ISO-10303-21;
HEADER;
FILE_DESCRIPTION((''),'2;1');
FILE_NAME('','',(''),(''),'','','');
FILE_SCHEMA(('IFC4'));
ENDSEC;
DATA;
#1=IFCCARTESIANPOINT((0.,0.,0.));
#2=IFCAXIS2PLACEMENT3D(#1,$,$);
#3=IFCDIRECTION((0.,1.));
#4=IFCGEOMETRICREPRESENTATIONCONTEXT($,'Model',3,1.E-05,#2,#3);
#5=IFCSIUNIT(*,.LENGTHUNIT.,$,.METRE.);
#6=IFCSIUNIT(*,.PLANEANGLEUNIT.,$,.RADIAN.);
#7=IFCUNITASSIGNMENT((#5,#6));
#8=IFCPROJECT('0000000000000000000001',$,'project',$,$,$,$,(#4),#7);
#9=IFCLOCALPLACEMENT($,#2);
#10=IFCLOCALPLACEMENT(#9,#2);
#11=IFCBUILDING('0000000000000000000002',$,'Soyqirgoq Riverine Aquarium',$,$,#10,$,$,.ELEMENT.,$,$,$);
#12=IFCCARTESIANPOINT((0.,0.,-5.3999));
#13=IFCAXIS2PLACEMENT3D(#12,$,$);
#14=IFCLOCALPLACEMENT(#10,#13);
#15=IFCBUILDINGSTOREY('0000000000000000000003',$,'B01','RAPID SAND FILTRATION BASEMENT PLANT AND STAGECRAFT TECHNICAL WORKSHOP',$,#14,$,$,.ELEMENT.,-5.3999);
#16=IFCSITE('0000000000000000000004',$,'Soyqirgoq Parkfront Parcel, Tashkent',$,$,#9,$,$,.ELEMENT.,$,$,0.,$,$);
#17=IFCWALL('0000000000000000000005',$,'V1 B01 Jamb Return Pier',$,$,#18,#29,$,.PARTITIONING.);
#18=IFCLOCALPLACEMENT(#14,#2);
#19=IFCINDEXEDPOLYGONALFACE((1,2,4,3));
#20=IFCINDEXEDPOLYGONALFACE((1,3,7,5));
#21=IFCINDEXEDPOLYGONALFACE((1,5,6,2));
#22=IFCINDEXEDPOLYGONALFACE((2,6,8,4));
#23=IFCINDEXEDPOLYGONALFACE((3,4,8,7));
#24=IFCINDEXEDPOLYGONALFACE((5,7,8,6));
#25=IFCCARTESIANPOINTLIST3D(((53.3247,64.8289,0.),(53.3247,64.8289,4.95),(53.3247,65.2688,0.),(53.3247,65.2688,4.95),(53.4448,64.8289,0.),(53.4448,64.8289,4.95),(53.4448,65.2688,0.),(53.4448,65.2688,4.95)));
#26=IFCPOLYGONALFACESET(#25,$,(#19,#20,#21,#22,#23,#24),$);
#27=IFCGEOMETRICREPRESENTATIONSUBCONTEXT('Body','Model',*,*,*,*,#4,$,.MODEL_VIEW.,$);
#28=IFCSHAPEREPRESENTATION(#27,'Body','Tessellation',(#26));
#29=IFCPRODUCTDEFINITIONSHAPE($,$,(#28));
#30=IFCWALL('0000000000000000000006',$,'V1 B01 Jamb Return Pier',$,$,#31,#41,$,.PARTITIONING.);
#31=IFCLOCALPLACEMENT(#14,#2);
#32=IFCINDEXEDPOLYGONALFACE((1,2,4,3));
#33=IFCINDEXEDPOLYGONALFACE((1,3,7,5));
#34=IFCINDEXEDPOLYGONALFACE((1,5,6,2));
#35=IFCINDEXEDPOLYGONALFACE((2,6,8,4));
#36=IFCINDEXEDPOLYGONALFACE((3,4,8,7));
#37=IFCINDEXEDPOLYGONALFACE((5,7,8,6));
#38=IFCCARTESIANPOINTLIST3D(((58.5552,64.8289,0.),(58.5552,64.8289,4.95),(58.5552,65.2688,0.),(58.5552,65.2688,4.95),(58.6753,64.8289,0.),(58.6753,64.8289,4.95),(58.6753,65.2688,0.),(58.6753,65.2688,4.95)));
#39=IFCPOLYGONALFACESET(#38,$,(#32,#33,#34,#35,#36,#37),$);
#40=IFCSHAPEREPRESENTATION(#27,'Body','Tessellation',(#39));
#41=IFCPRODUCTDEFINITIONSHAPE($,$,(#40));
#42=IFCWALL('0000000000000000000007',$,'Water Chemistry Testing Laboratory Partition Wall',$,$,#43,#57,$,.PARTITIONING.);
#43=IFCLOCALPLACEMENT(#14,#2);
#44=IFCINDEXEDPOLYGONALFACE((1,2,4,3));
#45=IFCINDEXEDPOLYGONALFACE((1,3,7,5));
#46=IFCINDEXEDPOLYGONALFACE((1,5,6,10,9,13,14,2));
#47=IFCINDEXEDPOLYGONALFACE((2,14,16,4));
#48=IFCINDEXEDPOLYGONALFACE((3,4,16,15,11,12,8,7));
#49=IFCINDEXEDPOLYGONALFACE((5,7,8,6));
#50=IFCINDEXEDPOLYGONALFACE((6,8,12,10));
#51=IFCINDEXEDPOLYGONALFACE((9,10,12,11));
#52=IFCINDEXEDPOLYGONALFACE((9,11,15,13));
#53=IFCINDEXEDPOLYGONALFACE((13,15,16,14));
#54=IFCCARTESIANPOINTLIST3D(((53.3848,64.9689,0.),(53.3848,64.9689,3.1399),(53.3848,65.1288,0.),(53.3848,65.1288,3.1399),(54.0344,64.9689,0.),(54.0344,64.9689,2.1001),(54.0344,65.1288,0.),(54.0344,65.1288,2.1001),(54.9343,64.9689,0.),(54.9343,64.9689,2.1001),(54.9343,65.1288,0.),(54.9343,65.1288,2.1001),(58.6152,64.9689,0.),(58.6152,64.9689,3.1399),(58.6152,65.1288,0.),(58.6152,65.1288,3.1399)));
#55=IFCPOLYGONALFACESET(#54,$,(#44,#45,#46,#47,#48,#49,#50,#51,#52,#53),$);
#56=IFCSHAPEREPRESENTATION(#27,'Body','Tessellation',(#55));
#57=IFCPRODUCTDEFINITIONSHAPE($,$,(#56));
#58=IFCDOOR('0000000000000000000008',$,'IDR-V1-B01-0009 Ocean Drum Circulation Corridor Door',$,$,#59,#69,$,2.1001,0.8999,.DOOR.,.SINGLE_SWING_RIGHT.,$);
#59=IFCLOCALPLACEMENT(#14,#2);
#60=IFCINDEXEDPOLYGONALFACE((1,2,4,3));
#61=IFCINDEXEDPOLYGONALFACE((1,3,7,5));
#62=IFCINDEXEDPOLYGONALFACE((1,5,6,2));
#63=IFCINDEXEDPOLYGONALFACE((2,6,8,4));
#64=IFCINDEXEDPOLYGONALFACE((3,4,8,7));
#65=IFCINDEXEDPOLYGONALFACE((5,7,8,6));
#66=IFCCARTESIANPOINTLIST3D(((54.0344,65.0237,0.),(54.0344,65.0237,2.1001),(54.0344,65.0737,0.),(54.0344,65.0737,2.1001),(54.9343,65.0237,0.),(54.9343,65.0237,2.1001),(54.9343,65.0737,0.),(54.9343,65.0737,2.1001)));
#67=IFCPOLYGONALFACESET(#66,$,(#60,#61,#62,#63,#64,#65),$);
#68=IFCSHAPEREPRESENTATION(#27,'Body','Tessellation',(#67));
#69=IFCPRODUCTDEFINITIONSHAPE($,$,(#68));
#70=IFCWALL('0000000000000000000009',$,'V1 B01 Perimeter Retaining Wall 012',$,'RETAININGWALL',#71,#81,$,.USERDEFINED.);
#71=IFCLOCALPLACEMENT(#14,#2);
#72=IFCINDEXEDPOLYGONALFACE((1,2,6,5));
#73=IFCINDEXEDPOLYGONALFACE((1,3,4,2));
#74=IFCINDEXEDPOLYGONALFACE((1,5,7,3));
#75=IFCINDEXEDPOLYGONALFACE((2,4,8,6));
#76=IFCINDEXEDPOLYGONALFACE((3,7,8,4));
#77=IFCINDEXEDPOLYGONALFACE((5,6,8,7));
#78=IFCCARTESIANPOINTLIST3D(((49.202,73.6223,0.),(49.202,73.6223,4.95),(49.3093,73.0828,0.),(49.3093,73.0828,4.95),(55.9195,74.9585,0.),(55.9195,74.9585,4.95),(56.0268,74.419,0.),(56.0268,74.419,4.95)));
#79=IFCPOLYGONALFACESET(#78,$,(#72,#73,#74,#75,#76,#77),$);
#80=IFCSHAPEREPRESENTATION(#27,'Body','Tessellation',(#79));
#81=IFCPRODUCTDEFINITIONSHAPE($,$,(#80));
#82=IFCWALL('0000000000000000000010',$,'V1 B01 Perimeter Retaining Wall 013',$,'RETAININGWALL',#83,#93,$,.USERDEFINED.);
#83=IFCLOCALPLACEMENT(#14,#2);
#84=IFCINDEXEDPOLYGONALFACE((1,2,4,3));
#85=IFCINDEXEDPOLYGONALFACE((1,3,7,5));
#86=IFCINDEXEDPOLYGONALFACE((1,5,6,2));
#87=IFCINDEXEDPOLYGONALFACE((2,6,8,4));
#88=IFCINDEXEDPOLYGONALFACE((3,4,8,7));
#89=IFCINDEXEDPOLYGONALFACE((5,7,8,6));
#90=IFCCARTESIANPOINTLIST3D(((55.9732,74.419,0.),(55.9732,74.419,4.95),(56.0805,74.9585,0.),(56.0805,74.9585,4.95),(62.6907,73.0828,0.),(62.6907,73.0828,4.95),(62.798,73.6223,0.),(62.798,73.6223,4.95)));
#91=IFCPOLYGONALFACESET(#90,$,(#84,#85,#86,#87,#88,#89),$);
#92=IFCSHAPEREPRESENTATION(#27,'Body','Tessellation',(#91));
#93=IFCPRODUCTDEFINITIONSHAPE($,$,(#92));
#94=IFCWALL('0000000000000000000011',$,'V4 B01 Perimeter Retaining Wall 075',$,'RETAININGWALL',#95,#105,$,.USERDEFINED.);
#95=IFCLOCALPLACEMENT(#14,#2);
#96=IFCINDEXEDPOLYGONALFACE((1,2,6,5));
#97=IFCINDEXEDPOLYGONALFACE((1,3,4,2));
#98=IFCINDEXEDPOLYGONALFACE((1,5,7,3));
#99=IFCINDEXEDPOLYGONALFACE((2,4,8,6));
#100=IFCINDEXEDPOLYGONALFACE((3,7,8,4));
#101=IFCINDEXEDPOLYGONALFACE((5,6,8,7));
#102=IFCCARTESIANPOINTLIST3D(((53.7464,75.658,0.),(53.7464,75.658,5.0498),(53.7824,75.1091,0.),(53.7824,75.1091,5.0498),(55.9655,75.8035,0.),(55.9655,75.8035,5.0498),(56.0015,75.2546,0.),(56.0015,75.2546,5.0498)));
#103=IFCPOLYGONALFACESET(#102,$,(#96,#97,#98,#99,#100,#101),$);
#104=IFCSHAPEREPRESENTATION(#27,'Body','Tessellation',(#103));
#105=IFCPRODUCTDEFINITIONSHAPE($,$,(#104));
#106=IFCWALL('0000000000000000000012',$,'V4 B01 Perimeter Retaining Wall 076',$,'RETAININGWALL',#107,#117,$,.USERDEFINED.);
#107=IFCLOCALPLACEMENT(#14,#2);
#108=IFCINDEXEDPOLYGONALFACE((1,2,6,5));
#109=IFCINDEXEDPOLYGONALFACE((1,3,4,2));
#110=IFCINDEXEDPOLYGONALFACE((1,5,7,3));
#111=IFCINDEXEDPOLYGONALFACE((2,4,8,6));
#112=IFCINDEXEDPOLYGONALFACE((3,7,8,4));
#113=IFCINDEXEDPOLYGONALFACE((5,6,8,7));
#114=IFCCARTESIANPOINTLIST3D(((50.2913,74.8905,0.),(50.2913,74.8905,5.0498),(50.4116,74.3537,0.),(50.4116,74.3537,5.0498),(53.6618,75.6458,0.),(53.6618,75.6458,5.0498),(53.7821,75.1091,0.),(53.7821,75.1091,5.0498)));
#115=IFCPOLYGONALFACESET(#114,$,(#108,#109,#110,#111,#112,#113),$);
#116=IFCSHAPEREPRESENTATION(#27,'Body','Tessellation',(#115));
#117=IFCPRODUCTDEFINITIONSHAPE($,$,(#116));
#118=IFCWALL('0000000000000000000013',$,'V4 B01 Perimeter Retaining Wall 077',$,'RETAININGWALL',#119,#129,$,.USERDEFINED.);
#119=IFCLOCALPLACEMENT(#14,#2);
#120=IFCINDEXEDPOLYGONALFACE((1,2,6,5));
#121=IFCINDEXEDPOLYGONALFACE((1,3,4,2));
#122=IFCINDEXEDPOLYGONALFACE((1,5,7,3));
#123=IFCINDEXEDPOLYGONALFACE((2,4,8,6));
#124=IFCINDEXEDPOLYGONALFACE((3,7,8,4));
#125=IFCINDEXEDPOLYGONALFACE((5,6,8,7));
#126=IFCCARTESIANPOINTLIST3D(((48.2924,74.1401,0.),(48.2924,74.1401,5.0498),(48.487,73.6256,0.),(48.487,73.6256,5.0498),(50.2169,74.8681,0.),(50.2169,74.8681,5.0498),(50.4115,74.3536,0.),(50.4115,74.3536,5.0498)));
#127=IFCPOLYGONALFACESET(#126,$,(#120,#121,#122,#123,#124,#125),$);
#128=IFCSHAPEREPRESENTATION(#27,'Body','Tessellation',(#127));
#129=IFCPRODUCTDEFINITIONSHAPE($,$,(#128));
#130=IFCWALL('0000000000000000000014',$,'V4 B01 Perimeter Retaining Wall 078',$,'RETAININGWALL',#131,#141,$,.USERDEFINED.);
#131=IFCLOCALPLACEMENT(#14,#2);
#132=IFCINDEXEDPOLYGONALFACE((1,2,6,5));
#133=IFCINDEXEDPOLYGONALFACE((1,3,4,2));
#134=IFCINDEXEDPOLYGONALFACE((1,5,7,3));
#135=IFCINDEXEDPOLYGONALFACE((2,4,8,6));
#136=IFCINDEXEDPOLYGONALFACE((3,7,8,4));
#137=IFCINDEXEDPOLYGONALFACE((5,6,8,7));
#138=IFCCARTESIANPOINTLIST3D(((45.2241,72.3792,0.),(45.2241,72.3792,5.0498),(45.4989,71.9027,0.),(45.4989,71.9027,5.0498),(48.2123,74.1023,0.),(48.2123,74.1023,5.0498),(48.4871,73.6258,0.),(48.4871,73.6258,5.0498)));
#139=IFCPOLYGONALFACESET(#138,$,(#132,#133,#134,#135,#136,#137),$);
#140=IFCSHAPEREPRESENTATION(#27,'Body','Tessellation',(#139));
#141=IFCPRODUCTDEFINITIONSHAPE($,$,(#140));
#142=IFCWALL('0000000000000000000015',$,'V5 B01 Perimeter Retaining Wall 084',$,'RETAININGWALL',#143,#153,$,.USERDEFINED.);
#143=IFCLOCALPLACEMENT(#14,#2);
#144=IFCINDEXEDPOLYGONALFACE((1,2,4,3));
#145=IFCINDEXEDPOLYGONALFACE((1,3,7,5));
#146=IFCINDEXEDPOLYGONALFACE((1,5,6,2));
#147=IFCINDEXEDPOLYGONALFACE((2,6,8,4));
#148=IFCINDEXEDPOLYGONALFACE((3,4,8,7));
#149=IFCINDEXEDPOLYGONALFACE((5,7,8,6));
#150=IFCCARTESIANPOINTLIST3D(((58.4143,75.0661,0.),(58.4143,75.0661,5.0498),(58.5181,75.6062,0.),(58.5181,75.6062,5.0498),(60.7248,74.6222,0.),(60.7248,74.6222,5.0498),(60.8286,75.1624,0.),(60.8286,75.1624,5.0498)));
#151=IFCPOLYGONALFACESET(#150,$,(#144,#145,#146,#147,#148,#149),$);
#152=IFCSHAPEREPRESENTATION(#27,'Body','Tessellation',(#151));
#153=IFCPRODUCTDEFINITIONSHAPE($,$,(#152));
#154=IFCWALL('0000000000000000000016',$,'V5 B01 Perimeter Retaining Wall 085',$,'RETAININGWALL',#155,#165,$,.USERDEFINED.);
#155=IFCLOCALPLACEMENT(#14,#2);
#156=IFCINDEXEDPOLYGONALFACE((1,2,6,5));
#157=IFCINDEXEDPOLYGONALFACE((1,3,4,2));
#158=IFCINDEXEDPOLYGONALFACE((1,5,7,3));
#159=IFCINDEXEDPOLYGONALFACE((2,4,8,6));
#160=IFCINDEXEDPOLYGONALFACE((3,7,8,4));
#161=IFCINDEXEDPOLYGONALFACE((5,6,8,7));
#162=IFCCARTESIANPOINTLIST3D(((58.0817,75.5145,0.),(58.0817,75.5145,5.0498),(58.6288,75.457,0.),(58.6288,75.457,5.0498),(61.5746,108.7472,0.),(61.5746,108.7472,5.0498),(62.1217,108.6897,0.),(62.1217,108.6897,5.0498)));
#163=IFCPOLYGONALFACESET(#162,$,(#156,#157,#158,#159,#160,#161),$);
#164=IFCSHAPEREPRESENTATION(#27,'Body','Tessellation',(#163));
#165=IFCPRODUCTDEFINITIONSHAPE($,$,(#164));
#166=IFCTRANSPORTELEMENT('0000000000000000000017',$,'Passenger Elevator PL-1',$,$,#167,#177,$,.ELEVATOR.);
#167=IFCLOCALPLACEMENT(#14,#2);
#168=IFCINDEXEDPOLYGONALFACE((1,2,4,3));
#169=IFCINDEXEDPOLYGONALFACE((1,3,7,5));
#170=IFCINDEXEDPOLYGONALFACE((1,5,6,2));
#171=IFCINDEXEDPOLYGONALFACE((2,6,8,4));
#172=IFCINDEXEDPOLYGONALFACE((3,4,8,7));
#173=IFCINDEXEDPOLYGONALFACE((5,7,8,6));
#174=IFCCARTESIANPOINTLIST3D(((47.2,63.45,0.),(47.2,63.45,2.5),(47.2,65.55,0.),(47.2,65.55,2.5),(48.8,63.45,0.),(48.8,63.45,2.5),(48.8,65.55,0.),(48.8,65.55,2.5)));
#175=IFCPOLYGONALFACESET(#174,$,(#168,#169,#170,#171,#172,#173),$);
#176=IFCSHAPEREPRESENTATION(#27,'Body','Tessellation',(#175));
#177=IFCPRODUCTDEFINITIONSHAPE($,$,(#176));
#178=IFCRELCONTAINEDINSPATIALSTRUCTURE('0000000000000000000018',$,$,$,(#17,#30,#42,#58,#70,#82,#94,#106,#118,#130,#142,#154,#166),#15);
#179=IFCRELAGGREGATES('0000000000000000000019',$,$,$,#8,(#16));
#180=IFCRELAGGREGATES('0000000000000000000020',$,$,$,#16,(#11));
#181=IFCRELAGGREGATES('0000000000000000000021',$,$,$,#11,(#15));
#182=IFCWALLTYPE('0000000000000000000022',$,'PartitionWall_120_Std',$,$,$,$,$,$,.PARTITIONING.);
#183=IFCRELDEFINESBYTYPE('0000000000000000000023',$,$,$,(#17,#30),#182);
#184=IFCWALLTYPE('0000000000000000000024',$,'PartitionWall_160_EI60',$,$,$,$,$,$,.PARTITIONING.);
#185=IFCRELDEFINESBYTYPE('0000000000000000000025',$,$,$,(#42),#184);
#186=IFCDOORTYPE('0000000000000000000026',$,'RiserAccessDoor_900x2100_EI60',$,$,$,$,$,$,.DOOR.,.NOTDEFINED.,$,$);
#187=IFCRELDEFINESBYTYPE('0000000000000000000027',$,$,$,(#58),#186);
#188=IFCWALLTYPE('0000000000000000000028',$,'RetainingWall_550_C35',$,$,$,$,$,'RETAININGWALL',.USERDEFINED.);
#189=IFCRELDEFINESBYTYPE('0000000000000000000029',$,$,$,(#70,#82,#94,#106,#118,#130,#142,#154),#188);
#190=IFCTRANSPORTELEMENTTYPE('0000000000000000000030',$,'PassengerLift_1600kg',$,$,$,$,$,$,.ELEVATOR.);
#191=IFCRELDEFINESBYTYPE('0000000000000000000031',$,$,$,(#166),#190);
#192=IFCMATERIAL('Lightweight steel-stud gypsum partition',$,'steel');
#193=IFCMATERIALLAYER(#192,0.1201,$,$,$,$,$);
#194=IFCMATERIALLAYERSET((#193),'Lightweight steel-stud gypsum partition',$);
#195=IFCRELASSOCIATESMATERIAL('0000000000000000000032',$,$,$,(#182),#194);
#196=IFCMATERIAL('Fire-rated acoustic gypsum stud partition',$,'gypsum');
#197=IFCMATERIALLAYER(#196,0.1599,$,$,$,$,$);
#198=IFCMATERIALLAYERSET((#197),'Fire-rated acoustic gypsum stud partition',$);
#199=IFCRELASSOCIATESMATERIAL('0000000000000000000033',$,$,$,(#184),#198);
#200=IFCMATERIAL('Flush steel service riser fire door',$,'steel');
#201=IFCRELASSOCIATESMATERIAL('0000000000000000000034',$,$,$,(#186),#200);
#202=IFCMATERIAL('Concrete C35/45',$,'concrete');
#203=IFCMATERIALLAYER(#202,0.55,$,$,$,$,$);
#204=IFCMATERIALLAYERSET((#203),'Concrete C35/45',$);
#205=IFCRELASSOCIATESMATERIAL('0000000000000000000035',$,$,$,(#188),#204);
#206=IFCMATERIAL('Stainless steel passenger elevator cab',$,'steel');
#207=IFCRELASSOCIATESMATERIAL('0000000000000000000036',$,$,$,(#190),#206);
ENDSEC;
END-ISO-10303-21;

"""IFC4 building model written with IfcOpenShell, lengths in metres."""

from ifc_helpers import new_model, si_unit, direction, frame, frame_2d, origin, origin_2d, place, context, subcontext, project, spatial, rectangle, extrude, material, layer, layer_set, type_object, element, fill, save


model = new_model("IFC4")

# Units and contexts
model_context = context("Model", 3, precision=1e-05, world=origin(), true_north=direction((0.0, 1.0)))
body_context = subcontext(model_context, "Body", "Model", "MODEL_VIEW")
ifc_project = project(units=[si_unit("LENGTHUNIT", "METRE"), si_unit("PLANEANGLEUNIT", "RADIAN")], contexts=[model_context])

# Site, building, storey
site_placement = place(None, origin())
site = spatial("IfcSite", under=ifc_project, at=site_placement, Name="Soyqirgoq Parkfront Parcel, Tashkent", CompositionType="ELEMENT", RefElevation=0.0)
building_placement = place(site_placement, origin())
building = spatial("IfcBuilding", under=site, at=building_placement, Name="Soyqirgoq Riverine Aquarium", CompositionType="ELEMENT")
storey_placement = place(building_placement, frame((0.0, 0.0, -5.3999)))
storey = spatial("IfcBuildingStorey", under=building, at=storey_placement, Name="B01", Description="RAPID SAND FILTRATION BASEMENT PLANT AND STAGECRAFT TECHNICAL WORKSHOP", CompositionType="ELEMENT", Elevation=-5.3999)

# Walls
ifc_material_1 = material(Name="Lightweight steel-stud gypsum partition", Category="steel")
ifc_layer_1 = layer(ifc_material_1, 0.1201)
ifc_layer_set_1 = layer_set([ifc_layer_1], Name="Lightweight steel-stud gypsum partition")
wall_type_1 = type_object("IfcWallType", Name="PartitionWall_120_Std", PredefinedType="PARTITIONING", material=ifc_layer_set_1)
for number, where, z_axis, x_axis, name in (
    (1, (53.3848, 64.8289, 0.0), (0.0, 0.0, 1.0), (0.0, 1.0, 0.0), "V1 B01 Jamb Return Pier"),
    (2, (58.6152, 64.8289, 0.0), (0.0, 0.0, 1.0), (0.0, 1.0, 0.0), "V1 B01 Jamb Return Pier"),
):
    element("IfcWall", number, at=place(storey_placement, frame(where, z_axis=z_axis, x_axis=x_axis)), inside=storey, type_object=wall_type_1, Name=name, PredefinedType="PARTITIONING", context=body_context, shape_type="SweptSolid", body=[
        extrude(rectangle(XDim=0.4399, YDim=0.1201, at=frame_2d((0.22, 0.0))), origin(), (0.0, 0.0, 1.0), 4.95),
    ])

# Wall, opening, door
ifc_material_2 = material(Name="Fire-rated acoustic gypsum stud partition", Category="gypsum")
ifc_layer_2 = layer(ifc_material_2, 0.1599)
ifc_layer_set_2 = layer_set([ifc_layer_2], Name="Fire-rated acoustic gypsum stud partition")
wall_type_2 = type_object("IfcWallType", Name="PartitionWall_160_EI60", PredefinedType="PARTITIONING", material=ifc_layer_set_2)
wall_1_placement = place(storey_placement, frame((53.3848, 65.0488, 0.0), z_axis=(0.0, 0.0, 1.0), x_axis=(1.0, 0.0, 0.0)))
wall_1 = element("IfcWall", 3, at=wall_1_placement, inside=storey, type_object=wall_type_2, Name="Water Chemistry Testing Laboratory Partition Wall", PredefinedType="PARTITIONING", context=body_context, shape_type="SweptSolid", body=[
    extrude(rectangle(XDim=5.2305, YDim=0.1599, at=frame_2d((2.6152, 0.0))), origin(), (0.0, 0.0, 1.0), 3.1399),
])
opening_1_placement = place(wall_1_placement, frame((0.6497, 0.0, 0.0)))
opening_1 = element("IfcOpeningElement", 4, at=opening_1_placement, cuts=wall_1, PredefinedType="OPENING", context=body_context, shape_type="SweptSolid", body=[
    extrude(rectangle(XDim=0.8999, YDim=2.1001, at=frame_2d((0.45, 1.05))), frame((0.0, 0.0898, 0.0), z_axis=(0.0, -1.0, 0.0), x_axis=(1.0, 0.0, 0.0)), (0.0, 0.0, 1.0), 0.1799),
])
ifc_material_3 = material(Name="Flush steel service riser fire door", Category="steel")
door_type_1 = type_object("IfcDoorType", Name="RiserAccessDoor_900x2100_EI60", OperationType="NOTDEFINED", PredefinedType="DOOR", material=ifc_material_3)
door_1_placement = place(opening_1_placement, origin())
door_1 = element("IfcDoor", 5, at=door_1_placement, inside=storey, type_object=door_type_1, Name="IDR-V1-B01-0009 Ocean Drum Circulation Corridor Door", OperationType="SINGLE_SWING_RIGHT", OverallHeight=2.1001, OverallWidth=0.8999, PredefinedType="DOOR", context=body_context, shape_type="SweptSolid", body=[
    extrude(rectangle(XDim=0.8999, YDim=2.1001, at=frame_2d((0.45, 1.05))), frame((0.0, 0.0249, 0.0), z_axis=(0.0, -1.0, 0.0), x_axis=(1.0, 0.0, 0.0)), (0.0, 0.0, 1.0), 0.05),
])
fill(opening_1, door_1)

# Walls
ifc_material_4 = material(Name="Concrete C35/45", Category="concrete")
ifc_layer_3 = layer(ifc_material_4, 0.55)
ifc_layer_set_3 = layer_set([ifc_layer_3], Name="Concrete C35/45")
wall_type_3 = type_object("IfcWallType", Name="RetainingWall_550_C35", ElementType="RETAININGWALL", PredefinedType="USERDEFINED", material=ifc_layer_set_3)
for number, where, z_axis, x_axis, name in (
    (6, (49.2556, 73.3525, 0.0), (0.0, 0.0, 1.0), (0.980786, 0.195088, 0.0), "V1 B01 Perimeter Retaining Wall 012"),
    (7, (56.0269, 74.6887, 0.0), (0.0, 0.0, 1.0), (0.980786, -0.195088, 0.0), "V1 B01 Perimeter Retaining Wall 013"),
):
    element("IfcWall", number, at=place(storey_placement, frame(where, z_axis=z_axis, x_axis=x_axis)), inside=storey, type_object=wall_type_3, Name=name, ObjectType="RETAININGWALL", PredefinedType="USERDEFINED", context=body_context, shape_type="SweptSolid", body=[
        extrude(rectangle(XDim=6.8491, YDim=0.55, at=frame_2d((3.4246, 0.0))), origin(), (0.0, 0.0, 1.0), 4.95),
    ])
wall_2_placement = place(storey_placement, frame((55.9834, 75.5291, 0.0), z_axis=(0.0, 0.0, 1.0), x_axis=(-0.997857, -0.065433, 0.0)))
element("IfcWall", 8, at=wall_2_placement, inside=storey, type_object=wall_type_3, Name="V4 B01 Perimeter Retaining Wall 075", ObjectType="RETAININGWALL", PredefinedType="USERDEFINED", context=body_context, shape_type="SweptSolid", body=[
    extrude(rectangle(XDim=2.2239, YDim=0.55, at=frame_2d((1.1118, 0.0))), origin(), (0.0, 0.0, 1.0), 5.0498),
])
wall_3_placement = place(storey_placement, frame((53.7219, 75.3774, 0.0), z_axis=(0.0, 0.0, 1.0), x_axis=(-0.975796, -0.218681, 0.0)))
element("IfcWall", 9, at=wall_3_placement, inside=storey, type_object=wall_type_3, Name="V4 B01 Perimeter Retaining Wall 076", ObjectType="RETAININGWALL", PredefinedType="USERDEFINED", context=body_context, shape_type="SweptSolid", body=[
    extrude(rectangle(XDim=3.4541, YDim=0.55, at=frame_2d((1.7271, 0.0))), origin(), (0.0, 0.0, 1.0), 5.0498),
])
wall_4_placement = place(storey_placement, frame((50.3142, 74.6108, 0.0), z_axis=(0.0, 0.0, 1.0), x_axis=(-0.935316, -0.353814, 0.0)))
element("IfcWall", 10, at=wall_4_placement, inside=storey, type_object=wall_type_3, Name="V4 B01 Perimeter Retaining Wall 077", ObjectType="RETAININGWALL", PredefinedType="USERDEFINED", context=body_context, shape_type="SweptSolid", body=[
    extrude(rectangle(XDim=2.0576, YDim=0.55, at=frame_2d((1.0288, 0.0))), origin(), (0.0, 0.0, 1.0), 5.0498),
])
wall_5_placement = place(storey_placement, frame((48.3496, 73.864, 0.0), z_axis=(0.0, 0.0, 1.0), x_axis=(-0.866294, -0.499535, 0.0)))
element("IfcWall", 11, at=wall_5_placement, inside=storey, type_object=wall_type_3, Name="V4 B01 Perimeter Retaining Wall 078", ObjectType="RETAININGWALL", PredefinedType="USERDEFINED", context=body_context, shape_type="SweptSolid", body=[
    extrude(rectangle(XDim=3.4495, YDim=0.55, at=frame_2d((1.7246, 0.0))), origin(), (0.0, 0.0, 1.0), 5.0498),
])
wall_6_placement = place(storey_placement, frame((60.7766, 74.8923, 0.0), z_axis=(0.0, 0.0, 1.0), x_axis=(-0.982045, 0.188647, 0.0)))
element("IfcWall", 12, at=wall_6_placement, inside=storey, type_object=wall_type_3, Name="V5 B01 Perimeter Retaining Wall 084", ObjectType="RETAININGWALL", PredefinedType="USERDEFINED", context=body_context, shape_type="SweptSolid", body=[
    extrude(rectangle(XDim=2.3528, YDim=0.55, at=frame_2d((1.1763, 0.0))), origin(), (0.0, 0.0, 1.0), 5.0498),
])
wall_7_placement = place(storey_placement, frame((58.3552, 75.4856, 0.0), z_axis=(0.0, 0.0, 1.0), x_axis=(0.104529, 0.994522, 0.0)))
element("IfcWall", 13, at=wall_7_placement, inside=storey, type_object=wall_type_3, Name="V5 B01 Perimeter Retaining Wall 085", ObjectType="RETAININGWALL", PredefinedType="USERDEFINED", context=body_context, shape_type="SweptSolid", body=[
    extrude(rectangle(XDim=33.4158, YDim=0.55, at=frame_2d((16.708, 0.0))), origin(), (0.0, 0.0, 1.0), 5.0498),
])

# Transport element
ifc_material_5 = material(Name="Stainless steel passenger elevator cab", Category="steel")
transport_element_type = type_object("IfcTransportElementType", Name="PassengerLift_1600kg", PredefinedType="ELEVATOR", material=ifc_material_5)
transport_element_placement = place(storey_placement, frame((48.0, 64.5, 0.0), z_axis=(0.0, 0.0, 1.0), x_axis=(1.0, 0.0, 0.0)))
element("IfcTransportElement", 14, at=transport_element_placement, inside=storey, type_object=transport_element_type, Name="Passenger Elevator PL-1", PredefinedType="ELEVATOR", context=body_context, shape_type="SweptSolid", body=[
    extrude(rectangle(XDim=1.6001, YDim=2.1001, at=origin_2d()), origin(), (0.0, 0.0, 1.0), 2.5),
])

save(model, "model.ifc")
